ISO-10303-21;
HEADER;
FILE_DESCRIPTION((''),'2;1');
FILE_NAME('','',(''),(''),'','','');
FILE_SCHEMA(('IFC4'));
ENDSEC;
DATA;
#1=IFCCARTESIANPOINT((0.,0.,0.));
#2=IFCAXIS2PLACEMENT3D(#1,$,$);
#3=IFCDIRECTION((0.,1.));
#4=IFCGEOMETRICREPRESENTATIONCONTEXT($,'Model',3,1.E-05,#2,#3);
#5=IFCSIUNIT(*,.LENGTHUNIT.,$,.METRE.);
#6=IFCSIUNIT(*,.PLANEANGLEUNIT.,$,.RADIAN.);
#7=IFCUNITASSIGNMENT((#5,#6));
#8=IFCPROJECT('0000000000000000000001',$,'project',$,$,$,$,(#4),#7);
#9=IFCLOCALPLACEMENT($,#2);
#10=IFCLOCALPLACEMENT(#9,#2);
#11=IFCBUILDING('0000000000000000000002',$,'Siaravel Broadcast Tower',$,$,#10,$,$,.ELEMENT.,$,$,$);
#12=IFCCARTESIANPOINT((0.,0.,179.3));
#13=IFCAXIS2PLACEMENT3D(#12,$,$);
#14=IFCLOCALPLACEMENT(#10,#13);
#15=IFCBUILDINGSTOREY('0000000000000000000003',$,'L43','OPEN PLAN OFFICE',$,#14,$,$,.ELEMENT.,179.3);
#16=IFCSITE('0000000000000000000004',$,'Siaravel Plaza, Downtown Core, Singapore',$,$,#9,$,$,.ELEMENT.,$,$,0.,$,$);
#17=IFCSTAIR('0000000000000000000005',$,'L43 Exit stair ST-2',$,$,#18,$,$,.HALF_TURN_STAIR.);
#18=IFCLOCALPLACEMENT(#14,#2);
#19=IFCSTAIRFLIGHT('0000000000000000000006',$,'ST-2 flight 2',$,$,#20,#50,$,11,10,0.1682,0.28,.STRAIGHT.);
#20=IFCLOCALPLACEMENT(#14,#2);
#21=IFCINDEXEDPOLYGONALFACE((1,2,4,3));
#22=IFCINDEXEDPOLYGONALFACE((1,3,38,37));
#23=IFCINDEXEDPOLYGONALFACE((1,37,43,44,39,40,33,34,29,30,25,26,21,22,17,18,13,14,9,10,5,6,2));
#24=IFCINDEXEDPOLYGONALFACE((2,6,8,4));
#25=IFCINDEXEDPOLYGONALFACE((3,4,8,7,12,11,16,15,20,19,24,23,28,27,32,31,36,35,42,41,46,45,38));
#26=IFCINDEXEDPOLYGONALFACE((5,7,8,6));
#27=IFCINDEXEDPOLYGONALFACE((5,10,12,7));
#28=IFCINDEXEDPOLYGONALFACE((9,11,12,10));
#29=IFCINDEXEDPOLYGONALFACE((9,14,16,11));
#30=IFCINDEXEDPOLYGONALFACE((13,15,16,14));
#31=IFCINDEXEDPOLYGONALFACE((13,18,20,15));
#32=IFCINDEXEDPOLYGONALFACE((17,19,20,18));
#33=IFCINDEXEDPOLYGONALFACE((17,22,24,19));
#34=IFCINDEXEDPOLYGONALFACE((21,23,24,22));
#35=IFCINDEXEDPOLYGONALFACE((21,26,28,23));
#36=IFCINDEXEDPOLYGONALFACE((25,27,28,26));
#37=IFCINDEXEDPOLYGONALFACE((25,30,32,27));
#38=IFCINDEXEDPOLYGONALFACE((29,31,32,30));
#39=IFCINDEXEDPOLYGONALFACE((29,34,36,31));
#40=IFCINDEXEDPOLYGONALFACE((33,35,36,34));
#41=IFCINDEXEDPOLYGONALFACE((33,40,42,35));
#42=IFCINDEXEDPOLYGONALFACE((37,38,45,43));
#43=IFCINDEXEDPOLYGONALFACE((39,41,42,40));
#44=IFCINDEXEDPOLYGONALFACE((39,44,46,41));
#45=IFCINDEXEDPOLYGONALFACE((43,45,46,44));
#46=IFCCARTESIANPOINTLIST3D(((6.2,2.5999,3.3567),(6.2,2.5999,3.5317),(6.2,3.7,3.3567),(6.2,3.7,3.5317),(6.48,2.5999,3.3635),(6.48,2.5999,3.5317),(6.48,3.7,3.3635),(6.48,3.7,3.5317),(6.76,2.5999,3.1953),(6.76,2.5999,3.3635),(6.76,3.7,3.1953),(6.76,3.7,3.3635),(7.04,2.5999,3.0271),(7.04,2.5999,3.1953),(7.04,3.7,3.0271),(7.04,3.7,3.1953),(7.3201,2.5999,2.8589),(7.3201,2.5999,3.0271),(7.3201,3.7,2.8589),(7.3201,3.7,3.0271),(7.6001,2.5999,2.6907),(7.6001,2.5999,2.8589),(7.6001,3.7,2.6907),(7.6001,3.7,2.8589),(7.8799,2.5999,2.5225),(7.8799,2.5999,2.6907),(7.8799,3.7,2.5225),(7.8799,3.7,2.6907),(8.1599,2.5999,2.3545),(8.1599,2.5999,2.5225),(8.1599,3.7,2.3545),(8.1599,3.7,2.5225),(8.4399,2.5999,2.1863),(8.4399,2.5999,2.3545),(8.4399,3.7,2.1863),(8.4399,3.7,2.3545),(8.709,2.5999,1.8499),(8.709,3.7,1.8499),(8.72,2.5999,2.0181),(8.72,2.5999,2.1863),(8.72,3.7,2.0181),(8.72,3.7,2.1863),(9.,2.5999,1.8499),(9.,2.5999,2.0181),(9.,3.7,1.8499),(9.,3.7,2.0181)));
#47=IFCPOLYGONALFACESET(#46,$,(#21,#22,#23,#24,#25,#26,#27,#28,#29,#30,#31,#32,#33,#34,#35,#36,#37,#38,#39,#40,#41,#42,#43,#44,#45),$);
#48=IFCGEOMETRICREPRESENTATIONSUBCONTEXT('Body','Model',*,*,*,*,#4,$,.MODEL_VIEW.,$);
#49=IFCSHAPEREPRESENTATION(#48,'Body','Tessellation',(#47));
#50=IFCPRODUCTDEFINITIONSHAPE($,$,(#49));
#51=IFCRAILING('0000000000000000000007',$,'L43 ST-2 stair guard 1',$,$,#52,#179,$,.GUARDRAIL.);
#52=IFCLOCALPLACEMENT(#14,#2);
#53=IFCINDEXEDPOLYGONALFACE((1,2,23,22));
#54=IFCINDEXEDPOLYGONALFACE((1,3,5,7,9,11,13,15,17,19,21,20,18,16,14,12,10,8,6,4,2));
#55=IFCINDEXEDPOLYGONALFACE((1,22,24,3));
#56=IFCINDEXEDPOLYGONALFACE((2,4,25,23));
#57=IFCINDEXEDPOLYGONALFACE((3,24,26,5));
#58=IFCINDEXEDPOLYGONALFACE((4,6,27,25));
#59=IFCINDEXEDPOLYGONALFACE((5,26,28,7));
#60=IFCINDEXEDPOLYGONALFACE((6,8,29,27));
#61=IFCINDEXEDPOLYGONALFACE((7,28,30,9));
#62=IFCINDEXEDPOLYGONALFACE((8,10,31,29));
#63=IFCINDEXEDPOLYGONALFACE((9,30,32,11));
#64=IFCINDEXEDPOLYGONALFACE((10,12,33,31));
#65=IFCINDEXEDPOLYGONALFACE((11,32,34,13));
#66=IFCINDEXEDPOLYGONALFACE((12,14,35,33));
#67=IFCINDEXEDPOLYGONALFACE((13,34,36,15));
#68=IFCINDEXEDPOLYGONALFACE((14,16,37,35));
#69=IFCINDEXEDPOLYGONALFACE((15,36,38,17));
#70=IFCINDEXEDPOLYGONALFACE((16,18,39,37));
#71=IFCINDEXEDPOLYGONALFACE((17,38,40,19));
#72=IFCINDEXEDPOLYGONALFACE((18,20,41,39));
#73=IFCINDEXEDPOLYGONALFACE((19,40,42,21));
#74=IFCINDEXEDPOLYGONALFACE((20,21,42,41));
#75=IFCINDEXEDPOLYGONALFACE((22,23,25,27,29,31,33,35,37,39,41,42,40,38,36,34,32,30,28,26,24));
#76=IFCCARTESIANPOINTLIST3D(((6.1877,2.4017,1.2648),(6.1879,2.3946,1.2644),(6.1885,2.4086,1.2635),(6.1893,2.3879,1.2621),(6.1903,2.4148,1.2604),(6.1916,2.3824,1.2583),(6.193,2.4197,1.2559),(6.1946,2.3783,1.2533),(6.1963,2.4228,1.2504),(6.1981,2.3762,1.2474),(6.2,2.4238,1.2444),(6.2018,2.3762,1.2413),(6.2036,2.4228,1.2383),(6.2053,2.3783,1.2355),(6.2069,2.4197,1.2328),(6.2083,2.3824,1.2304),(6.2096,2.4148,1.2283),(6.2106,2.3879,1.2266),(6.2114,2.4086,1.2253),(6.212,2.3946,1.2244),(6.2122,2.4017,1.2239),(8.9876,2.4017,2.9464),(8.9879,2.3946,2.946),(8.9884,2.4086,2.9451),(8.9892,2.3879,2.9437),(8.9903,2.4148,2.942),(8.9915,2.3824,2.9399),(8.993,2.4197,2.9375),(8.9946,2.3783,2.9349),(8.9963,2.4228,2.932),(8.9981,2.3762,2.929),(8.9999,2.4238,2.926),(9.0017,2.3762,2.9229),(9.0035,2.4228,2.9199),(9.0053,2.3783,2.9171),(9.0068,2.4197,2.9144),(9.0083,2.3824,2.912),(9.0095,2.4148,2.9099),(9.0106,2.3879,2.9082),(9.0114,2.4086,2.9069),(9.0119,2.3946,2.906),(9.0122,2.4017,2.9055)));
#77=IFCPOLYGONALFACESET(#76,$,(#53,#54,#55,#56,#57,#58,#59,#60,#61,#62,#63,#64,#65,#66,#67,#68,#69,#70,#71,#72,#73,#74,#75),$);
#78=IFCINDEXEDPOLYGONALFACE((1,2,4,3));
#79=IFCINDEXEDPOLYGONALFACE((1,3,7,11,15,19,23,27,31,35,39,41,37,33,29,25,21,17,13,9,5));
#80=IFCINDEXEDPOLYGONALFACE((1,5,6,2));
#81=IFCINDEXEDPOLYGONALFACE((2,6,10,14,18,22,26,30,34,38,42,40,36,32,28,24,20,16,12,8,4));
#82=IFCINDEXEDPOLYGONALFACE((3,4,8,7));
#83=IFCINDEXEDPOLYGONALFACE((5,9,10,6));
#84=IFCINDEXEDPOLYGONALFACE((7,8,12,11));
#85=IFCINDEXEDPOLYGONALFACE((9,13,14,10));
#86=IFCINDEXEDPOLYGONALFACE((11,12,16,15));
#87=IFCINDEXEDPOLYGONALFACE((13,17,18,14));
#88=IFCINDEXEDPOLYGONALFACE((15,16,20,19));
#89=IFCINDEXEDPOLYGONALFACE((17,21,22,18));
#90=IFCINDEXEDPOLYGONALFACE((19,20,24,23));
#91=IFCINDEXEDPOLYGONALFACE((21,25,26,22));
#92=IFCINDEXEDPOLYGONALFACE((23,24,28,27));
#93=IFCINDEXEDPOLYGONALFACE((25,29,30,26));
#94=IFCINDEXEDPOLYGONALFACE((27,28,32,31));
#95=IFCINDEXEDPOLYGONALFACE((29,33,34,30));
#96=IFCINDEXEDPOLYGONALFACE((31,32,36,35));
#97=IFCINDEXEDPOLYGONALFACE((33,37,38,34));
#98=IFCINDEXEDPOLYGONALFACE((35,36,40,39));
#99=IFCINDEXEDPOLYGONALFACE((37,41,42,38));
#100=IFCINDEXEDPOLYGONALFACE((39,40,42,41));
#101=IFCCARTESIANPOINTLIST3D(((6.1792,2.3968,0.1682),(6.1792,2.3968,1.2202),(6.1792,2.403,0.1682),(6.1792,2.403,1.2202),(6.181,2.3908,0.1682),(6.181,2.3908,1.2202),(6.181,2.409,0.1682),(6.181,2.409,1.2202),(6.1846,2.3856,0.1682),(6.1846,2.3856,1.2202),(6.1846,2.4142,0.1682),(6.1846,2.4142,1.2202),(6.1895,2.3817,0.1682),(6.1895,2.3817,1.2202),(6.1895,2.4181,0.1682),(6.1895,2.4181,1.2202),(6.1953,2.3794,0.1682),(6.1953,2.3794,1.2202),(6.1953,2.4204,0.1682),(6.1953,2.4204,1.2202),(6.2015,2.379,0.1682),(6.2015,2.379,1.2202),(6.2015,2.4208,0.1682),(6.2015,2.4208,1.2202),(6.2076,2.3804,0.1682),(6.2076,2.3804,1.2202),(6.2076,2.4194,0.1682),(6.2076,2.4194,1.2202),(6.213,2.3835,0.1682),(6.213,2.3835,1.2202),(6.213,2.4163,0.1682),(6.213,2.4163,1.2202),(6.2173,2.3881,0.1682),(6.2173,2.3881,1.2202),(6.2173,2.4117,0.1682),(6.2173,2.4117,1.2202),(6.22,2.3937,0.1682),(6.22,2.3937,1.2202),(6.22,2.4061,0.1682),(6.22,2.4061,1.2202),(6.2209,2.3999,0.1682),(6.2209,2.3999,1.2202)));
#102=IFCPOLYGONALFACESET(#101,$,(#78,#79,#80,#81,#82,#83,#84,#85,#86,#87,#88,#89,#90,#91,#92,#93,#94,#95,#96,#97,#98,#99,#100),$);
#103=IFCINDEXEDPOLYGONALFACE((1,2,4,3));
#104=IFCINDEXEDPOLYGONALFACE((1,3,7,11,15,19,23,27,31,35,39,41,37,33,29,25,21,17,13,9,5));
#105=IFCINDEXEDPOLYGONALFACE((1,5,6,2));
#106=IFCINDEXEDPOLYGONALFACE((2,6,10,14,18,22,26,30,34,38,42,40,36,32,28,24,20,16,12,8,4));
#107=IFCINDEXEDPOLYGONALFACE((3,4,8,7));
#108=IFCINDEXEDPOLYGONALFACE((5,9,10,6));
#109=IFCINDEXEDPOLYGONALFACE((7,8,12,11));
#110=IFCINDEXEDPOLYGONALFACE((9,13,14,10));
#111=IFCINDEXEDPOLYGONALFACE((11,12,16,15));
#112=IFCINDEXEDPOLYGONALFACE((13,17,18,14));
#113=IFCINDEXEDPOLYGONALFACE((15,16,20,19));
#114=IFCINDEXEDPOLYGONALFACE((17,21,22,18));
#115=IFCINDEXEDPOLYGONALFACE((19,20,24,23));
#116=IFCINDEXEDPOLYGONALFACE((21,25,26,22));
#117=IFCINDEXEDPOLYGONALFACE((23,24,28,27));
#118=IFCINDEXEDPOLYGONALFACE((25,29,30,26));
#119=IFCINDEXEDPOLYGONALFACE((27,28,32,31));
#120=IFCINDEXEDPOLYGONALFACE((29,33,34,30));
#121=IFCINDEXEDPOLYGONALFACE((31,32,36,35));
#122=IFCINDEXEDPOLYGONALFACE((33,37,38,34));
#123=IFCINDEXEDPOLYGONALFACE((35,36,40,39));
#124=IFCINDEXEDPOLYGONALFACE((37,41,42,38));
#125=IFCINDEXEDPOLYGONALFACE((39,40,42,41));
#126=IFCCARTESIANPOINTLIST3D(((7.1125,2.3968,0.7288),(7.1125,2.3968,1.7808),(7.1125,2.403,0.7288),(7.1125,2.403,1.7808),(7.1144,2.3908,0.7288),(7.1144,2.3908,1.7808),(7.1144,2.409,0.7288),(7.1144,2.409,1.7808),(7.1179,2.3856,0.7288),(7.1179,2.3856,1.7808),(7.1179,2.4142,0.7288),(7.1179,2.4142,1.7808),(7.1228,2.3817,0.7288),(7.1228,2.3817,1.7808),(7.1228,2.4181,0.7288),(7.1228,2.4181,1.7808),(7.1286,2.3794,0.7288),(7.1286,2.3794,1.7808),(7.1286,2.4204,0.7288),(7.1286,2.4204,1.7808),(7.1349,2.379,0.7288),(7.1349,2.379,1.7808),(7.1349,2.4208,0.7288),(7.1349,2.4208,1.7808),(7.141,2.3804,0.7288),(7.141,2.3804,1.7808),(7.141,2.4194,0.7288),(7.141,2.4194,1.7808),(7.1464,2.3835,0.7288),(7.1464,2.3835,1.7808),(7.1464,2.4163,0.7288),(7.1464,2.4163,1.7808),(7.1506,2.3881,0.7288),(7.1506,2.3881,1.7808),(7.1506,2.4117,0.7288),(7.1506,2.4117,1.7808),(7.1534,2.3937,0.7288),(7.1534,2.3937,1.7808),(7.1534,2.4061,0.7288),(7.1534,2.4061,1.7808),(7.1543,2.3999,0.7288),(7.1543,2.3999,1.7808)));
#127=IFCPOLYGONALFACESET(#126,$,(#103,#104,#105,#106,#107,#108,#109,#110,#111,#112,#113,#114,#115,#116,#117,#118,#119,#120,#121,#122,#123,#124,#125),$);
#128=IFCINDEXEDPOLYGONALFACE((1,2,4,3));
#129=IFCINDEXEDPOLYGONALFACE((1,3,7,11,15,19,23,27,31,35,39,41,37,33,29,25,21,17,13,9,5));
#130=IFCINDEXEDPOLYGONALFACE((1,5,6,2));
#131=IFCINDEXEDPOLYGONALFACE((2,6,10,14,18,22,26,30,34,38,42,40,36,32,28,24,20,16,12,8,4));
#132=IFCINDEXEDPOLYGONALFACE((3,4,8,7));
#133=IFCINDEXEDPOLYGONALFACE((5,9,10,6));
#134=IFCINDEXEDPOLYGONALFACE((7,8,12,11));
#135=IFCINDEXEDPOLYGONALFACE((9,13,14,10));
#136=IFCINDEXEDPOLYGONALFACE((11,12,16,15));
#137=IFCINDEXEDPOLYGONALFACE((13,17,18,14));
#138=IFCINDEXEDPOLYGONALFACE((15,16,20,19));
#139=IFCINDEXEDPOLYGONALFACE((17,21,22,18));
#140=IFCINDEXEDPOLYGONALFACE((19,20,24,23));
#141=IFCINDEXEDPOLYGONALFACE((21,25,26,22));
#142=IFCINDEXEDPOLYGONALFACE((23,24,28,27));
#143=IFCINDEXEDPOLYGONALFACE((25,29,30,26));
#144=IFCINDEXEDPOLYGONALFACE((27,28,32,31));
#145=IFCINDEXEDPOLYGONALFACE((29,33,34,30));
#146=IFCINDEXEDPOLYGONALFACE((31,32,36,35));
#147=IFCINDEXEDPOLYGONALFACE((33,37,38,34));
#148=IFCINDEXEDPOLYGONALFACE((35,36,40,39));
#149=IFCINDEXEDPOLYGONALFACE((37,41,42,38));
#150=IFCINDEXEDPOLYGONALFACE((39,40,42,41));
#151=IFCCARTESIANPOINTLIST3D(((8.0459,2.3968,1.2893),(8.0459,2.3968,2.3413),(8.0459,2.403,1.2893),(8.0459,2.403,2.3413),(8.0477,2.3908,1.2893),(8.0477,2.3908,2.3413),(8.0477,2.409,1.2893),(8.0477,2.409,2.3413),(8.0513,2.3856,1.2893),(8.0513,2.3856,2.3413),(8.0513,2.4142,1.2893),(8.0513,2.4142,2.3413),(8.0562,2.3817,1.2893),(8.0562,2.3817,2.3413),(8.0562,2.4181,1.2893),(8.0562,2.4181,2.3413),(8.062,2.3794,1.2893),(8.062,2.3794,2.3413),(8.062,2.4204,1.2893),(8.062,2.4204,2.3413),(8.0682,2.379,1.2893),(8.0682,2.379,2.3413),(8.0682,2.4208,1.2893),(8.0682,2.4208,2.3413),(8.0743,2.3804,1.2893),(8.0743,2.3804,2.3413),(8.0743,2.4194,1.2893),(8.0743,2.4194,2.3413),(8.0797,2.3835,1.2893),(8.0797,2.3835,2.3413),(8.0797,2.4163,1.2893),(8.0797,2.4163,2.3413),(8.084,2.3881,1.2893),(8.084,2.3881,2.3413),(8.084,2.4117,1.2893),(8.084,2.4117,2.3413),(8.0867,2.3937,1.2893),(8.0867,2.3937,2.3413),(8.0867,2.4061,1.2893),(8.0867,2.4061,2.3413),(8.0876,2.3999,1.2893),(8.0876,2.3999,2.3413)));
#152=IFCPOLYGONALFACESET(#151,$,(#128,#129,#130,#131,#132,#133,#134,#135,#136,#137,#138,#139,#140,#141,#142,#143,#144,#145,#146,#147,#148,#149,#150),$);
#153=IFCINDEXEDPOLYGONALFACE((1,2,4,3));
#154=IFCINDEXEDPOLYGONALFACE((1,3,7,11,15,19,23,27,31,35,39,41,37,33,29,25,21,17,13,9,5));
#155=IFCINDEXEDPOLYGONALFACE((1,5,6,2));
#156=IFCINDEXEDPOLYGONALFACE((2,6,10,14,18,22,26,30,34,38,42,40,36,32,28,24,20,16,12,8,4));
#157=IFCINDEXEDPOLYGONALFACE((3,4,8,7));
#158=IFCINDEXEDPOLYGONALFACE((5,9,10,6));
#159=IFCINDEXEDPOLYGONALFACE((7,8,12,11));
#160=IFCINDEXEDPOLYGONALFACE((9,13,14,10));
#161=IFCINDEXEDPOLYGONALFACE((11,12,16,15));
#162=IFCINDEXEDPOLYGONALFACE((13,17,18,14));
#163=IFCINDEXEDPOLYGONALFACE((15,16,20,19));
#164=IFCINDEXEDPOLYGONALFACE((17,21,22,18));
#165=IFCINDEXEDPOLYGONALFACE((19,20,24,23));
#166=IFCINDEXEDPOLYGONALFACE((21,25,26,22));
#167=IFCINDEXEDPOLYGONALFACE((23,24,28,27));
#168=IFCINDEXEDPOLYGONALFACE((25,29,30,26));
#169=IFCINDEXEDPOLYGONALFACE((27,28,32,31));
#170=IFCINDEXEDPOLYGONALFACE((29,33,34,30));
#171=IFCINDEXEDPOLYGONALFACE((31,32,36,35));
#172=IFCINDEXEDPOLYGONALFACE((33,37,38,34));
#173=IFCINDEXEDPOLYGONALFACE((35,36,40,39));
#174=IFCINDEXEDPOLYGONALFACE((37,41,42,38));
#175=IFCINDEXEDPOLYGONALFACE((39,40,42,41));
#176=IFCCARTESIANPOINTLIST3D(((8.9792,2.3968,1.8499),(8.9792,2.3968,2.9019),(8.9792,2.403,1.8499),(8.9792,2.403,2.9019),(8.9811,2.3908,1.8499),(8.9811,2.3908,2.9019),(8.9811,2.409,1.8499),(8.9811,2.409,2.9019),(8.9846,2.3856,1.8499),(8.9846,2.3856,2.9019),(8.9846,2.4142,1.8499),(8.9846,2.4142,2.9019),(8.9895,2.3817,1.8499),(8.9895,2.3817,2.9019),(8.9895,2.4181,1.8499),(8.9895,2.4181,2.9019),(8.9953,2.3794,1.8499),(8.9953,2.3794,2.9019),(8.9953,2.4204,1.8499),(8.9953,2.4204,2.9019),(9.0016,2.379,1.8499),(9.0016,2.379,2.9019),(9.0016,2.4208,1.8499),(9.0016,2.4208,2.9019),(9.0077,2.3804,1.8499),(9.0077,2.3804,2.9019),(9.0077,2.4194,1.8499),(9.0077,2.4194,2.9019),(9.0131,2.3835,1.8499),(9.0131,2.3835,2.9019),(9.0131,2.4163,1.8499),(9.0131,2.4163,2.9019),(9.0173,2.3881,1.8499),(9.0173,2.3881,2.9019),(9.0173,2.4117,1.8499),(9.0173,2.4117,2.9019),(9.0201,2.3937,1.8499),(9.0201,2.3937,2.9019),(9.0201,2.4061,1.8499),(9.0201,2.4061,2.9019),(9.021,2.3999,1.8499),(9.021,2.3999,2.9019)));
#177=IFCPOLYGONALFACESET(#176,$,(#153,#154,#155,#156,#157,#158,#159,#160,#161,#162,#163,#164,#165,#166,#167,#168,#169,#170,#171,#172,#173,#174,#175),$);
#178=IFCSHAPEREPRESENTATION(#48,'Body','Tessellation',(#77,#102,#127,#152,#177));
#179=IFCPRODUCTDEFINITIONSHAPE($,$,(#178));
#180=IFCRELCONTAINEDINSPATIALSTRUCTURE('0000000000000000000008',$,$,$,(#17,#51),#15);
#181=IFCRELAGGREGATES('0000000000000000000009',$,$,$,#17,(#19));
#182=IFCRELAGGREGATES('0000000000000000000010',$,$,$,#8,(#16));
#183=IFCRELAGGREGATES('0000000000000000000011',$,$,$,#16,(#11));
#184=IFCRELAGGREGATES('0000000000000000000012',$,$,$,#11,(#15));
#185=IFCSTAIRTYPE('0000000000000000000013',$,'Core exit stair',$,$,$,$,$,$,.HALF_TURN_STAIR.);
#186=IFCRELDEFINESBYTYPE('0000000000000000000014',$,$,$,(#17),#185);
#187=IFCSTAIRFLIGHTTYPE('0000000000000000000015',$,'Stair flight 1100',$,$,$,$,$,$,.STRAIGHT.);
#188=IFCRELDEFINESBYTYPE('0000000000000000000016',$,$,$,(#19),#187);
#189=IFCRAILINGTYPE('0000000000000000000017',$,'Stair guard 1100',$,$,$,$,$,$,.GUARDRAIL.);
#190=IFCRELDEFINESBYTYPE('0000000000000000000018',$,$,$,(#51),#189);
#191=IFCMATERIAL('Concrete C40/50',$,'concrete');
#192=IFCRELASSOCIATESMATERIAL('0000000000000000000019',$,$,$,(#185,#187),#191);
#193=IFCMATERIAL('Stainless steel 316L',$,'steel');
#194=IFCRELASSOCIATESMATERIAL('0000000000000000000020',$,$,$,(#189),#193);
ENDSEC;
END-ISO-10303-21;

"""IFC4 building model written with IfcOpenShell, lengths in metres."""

from ifc_helpers import new_model, si_unit, direction, frame, origin, origin_2d, place, context, subcontext, project, spatial, polyline, circle, outline, extrude, material, type_object, element, aggregate, save


model = new_model("IFC4")

# Units and contexts
model_context = context("Model", 3, precision=1e-05, world=origin(), true_north=direction((0.0, 1.0)))
body_context = subcontext(model_context, "Body", "Model", "MODEL_VIEW")
ifc_project = project(units=[si_unit("LENGTHUNIT", "METRE"), si_unit("PLANEANGLEUNIT", "RADIAN")], contexts=[model_context])

# Site, building, storey
site_placement = place(None, origin())
site = spatial("IfcSite", under=ifc_project, at=site_placement, Name="Siaravel Plaza, Downtown Core, Singapore", CompositionType="ELEMENT", RefElevation=0.0)
building_placement = place(site_placement, origin())
building = spatial("IfcBuilding", under=site, at=building_placement, Name="Siaravel Broadcast Tower", CompositionType="ELEMENT")
storey_placement = place(building_placement, frame((0.0, 0.0, 179.3)))
storey = spatial("IfcBuildingStorey", under=building, at=storey_placement, Name="L43", Description="OPEN PLAN OFFICE", CompositionType="ELEMENT", Elevation=179.3)

# Stair, stair flight
ifc_material_1 = material(Name="Concrete C40/50", Category="concrete")
stair_type = type_object("IfcStairType", Name="Core exit stair", PredefinedType="HALF_TURN_STAIR", material=ifc_material_1)
stair_placement = place(storey_placement, origin())
stair = element("IfcStair", 1, at=stair_placement, inside=storey, type_object=stair_type, Name="L43 Exit stair ST-2", PredefinedType="HALF_TURN_STAIR")
stair_flight_type = type_object("IfcStairFlightType", Name="Stair flight 1100", PredefinedType="STRAIGHT", material=ifc_material_1)
stair_flight_1_placement = place(storey_placement, frame((9.0, 3.1499, 1.8499), z_axis=(0.0, 0.0, 1.0), x_axis=(-1.0, 0.0, 0.0)))
stair_flight_1 = element("IfcStairFlight", 2, at=stair_flight_1_placement, type_object=stair_flight_type, Name="ST-2 flight 2", NumberOfRisers=11, NumberOfTreads=10, PredefinedType="STRAIGHT", RiserHeight=0.1682, TreadLength=0.28, context=body_context, shape_type="SweptSolid", body=[
    extrude(outline(polyline([(0.0, 0.0), (0.0, 0.1682), (0.28, 0.1682), (0.28, 0.3364), (0.5601, 0.3364), (0.5601, 0.5046), (0.8401, 0.5046), (0.8401, 0.6726), (1.1201, 0.6726), (1.1201, 0.8408), (1.3999, 0.8408), (1.3999, 1.009), (1.6799, 1.009), (1.6799, 1.1772), (1.96, 1.1772), (1.96, 1.3455), (2.24, 1.3455), (2.24, 1.5137), (2.52, 1.5137), (2.52, 1.6819), (2.8, 1.6819), (2.8, 1.8501), (2.8, 1.5068), (0.291, 0.0), (0.0, 0.0)])), frame((0.0, 0.55, 0.0), z_axis=(0.0, -1.0, 0.0), x_axis=(1.0, 0.0, 0.0)), (0.0, 0.0, 1.0), 1.1001),
])
aggregate(stair, [stair_flight_1])

# Railing
ifc_material_2 = material(Name="Stainless steel 316L", Category="steel")
railing_type_1 = type_object("IfcRailingType", Name="Stair guard 1100", PredefinedType="GUARDRAIL", material=ifc_material_2)
railing_1_placement = place(storey_placement, frame((6.2, 2.3999, 0.1682)))
element("IfcRailing", 3, at=railing_1_placement, inside=storey, type_object=railing_type_1, Name="L43 ST-2 stair guard 1", PredefinedType="GUARDRAIL", context=body_context, shape_type="SweptSolid", body=[
    extrude(circle(Radius=0.0239, at=origin_2d()), frame((0.0, 0.0, 1.0762), z_axis=(0.857275, 0.0, 0.514858), x_axis=(0.0, 1.0, 0.0)), (0.0, 0.0, 1.0), 3.2661),
    extrude(circle(Radius=0.021, at=origin_2d()), origin(), (0.0, 0.0, 1.0), 1.052),
    extrude(circle(Radius=0.021, at=origin_2d()), frame((0.9333, 0.0, 0.5605)), (0.0, 0.0, 1.0), 1.052),
    extrude(circle(Radius=0.021, at=origin_2d()), frame((1.8667, 0.0, 1.1211)), (0.0, 0.0, 1.0), 1.052),
    extrude(circle(Radius=0.021, at=origin_2d()), frame((2.8, 0.0, 1.6816)), (0.0, 0.0, 1.0), 1.052),
])

save(model, "model.ifc")
